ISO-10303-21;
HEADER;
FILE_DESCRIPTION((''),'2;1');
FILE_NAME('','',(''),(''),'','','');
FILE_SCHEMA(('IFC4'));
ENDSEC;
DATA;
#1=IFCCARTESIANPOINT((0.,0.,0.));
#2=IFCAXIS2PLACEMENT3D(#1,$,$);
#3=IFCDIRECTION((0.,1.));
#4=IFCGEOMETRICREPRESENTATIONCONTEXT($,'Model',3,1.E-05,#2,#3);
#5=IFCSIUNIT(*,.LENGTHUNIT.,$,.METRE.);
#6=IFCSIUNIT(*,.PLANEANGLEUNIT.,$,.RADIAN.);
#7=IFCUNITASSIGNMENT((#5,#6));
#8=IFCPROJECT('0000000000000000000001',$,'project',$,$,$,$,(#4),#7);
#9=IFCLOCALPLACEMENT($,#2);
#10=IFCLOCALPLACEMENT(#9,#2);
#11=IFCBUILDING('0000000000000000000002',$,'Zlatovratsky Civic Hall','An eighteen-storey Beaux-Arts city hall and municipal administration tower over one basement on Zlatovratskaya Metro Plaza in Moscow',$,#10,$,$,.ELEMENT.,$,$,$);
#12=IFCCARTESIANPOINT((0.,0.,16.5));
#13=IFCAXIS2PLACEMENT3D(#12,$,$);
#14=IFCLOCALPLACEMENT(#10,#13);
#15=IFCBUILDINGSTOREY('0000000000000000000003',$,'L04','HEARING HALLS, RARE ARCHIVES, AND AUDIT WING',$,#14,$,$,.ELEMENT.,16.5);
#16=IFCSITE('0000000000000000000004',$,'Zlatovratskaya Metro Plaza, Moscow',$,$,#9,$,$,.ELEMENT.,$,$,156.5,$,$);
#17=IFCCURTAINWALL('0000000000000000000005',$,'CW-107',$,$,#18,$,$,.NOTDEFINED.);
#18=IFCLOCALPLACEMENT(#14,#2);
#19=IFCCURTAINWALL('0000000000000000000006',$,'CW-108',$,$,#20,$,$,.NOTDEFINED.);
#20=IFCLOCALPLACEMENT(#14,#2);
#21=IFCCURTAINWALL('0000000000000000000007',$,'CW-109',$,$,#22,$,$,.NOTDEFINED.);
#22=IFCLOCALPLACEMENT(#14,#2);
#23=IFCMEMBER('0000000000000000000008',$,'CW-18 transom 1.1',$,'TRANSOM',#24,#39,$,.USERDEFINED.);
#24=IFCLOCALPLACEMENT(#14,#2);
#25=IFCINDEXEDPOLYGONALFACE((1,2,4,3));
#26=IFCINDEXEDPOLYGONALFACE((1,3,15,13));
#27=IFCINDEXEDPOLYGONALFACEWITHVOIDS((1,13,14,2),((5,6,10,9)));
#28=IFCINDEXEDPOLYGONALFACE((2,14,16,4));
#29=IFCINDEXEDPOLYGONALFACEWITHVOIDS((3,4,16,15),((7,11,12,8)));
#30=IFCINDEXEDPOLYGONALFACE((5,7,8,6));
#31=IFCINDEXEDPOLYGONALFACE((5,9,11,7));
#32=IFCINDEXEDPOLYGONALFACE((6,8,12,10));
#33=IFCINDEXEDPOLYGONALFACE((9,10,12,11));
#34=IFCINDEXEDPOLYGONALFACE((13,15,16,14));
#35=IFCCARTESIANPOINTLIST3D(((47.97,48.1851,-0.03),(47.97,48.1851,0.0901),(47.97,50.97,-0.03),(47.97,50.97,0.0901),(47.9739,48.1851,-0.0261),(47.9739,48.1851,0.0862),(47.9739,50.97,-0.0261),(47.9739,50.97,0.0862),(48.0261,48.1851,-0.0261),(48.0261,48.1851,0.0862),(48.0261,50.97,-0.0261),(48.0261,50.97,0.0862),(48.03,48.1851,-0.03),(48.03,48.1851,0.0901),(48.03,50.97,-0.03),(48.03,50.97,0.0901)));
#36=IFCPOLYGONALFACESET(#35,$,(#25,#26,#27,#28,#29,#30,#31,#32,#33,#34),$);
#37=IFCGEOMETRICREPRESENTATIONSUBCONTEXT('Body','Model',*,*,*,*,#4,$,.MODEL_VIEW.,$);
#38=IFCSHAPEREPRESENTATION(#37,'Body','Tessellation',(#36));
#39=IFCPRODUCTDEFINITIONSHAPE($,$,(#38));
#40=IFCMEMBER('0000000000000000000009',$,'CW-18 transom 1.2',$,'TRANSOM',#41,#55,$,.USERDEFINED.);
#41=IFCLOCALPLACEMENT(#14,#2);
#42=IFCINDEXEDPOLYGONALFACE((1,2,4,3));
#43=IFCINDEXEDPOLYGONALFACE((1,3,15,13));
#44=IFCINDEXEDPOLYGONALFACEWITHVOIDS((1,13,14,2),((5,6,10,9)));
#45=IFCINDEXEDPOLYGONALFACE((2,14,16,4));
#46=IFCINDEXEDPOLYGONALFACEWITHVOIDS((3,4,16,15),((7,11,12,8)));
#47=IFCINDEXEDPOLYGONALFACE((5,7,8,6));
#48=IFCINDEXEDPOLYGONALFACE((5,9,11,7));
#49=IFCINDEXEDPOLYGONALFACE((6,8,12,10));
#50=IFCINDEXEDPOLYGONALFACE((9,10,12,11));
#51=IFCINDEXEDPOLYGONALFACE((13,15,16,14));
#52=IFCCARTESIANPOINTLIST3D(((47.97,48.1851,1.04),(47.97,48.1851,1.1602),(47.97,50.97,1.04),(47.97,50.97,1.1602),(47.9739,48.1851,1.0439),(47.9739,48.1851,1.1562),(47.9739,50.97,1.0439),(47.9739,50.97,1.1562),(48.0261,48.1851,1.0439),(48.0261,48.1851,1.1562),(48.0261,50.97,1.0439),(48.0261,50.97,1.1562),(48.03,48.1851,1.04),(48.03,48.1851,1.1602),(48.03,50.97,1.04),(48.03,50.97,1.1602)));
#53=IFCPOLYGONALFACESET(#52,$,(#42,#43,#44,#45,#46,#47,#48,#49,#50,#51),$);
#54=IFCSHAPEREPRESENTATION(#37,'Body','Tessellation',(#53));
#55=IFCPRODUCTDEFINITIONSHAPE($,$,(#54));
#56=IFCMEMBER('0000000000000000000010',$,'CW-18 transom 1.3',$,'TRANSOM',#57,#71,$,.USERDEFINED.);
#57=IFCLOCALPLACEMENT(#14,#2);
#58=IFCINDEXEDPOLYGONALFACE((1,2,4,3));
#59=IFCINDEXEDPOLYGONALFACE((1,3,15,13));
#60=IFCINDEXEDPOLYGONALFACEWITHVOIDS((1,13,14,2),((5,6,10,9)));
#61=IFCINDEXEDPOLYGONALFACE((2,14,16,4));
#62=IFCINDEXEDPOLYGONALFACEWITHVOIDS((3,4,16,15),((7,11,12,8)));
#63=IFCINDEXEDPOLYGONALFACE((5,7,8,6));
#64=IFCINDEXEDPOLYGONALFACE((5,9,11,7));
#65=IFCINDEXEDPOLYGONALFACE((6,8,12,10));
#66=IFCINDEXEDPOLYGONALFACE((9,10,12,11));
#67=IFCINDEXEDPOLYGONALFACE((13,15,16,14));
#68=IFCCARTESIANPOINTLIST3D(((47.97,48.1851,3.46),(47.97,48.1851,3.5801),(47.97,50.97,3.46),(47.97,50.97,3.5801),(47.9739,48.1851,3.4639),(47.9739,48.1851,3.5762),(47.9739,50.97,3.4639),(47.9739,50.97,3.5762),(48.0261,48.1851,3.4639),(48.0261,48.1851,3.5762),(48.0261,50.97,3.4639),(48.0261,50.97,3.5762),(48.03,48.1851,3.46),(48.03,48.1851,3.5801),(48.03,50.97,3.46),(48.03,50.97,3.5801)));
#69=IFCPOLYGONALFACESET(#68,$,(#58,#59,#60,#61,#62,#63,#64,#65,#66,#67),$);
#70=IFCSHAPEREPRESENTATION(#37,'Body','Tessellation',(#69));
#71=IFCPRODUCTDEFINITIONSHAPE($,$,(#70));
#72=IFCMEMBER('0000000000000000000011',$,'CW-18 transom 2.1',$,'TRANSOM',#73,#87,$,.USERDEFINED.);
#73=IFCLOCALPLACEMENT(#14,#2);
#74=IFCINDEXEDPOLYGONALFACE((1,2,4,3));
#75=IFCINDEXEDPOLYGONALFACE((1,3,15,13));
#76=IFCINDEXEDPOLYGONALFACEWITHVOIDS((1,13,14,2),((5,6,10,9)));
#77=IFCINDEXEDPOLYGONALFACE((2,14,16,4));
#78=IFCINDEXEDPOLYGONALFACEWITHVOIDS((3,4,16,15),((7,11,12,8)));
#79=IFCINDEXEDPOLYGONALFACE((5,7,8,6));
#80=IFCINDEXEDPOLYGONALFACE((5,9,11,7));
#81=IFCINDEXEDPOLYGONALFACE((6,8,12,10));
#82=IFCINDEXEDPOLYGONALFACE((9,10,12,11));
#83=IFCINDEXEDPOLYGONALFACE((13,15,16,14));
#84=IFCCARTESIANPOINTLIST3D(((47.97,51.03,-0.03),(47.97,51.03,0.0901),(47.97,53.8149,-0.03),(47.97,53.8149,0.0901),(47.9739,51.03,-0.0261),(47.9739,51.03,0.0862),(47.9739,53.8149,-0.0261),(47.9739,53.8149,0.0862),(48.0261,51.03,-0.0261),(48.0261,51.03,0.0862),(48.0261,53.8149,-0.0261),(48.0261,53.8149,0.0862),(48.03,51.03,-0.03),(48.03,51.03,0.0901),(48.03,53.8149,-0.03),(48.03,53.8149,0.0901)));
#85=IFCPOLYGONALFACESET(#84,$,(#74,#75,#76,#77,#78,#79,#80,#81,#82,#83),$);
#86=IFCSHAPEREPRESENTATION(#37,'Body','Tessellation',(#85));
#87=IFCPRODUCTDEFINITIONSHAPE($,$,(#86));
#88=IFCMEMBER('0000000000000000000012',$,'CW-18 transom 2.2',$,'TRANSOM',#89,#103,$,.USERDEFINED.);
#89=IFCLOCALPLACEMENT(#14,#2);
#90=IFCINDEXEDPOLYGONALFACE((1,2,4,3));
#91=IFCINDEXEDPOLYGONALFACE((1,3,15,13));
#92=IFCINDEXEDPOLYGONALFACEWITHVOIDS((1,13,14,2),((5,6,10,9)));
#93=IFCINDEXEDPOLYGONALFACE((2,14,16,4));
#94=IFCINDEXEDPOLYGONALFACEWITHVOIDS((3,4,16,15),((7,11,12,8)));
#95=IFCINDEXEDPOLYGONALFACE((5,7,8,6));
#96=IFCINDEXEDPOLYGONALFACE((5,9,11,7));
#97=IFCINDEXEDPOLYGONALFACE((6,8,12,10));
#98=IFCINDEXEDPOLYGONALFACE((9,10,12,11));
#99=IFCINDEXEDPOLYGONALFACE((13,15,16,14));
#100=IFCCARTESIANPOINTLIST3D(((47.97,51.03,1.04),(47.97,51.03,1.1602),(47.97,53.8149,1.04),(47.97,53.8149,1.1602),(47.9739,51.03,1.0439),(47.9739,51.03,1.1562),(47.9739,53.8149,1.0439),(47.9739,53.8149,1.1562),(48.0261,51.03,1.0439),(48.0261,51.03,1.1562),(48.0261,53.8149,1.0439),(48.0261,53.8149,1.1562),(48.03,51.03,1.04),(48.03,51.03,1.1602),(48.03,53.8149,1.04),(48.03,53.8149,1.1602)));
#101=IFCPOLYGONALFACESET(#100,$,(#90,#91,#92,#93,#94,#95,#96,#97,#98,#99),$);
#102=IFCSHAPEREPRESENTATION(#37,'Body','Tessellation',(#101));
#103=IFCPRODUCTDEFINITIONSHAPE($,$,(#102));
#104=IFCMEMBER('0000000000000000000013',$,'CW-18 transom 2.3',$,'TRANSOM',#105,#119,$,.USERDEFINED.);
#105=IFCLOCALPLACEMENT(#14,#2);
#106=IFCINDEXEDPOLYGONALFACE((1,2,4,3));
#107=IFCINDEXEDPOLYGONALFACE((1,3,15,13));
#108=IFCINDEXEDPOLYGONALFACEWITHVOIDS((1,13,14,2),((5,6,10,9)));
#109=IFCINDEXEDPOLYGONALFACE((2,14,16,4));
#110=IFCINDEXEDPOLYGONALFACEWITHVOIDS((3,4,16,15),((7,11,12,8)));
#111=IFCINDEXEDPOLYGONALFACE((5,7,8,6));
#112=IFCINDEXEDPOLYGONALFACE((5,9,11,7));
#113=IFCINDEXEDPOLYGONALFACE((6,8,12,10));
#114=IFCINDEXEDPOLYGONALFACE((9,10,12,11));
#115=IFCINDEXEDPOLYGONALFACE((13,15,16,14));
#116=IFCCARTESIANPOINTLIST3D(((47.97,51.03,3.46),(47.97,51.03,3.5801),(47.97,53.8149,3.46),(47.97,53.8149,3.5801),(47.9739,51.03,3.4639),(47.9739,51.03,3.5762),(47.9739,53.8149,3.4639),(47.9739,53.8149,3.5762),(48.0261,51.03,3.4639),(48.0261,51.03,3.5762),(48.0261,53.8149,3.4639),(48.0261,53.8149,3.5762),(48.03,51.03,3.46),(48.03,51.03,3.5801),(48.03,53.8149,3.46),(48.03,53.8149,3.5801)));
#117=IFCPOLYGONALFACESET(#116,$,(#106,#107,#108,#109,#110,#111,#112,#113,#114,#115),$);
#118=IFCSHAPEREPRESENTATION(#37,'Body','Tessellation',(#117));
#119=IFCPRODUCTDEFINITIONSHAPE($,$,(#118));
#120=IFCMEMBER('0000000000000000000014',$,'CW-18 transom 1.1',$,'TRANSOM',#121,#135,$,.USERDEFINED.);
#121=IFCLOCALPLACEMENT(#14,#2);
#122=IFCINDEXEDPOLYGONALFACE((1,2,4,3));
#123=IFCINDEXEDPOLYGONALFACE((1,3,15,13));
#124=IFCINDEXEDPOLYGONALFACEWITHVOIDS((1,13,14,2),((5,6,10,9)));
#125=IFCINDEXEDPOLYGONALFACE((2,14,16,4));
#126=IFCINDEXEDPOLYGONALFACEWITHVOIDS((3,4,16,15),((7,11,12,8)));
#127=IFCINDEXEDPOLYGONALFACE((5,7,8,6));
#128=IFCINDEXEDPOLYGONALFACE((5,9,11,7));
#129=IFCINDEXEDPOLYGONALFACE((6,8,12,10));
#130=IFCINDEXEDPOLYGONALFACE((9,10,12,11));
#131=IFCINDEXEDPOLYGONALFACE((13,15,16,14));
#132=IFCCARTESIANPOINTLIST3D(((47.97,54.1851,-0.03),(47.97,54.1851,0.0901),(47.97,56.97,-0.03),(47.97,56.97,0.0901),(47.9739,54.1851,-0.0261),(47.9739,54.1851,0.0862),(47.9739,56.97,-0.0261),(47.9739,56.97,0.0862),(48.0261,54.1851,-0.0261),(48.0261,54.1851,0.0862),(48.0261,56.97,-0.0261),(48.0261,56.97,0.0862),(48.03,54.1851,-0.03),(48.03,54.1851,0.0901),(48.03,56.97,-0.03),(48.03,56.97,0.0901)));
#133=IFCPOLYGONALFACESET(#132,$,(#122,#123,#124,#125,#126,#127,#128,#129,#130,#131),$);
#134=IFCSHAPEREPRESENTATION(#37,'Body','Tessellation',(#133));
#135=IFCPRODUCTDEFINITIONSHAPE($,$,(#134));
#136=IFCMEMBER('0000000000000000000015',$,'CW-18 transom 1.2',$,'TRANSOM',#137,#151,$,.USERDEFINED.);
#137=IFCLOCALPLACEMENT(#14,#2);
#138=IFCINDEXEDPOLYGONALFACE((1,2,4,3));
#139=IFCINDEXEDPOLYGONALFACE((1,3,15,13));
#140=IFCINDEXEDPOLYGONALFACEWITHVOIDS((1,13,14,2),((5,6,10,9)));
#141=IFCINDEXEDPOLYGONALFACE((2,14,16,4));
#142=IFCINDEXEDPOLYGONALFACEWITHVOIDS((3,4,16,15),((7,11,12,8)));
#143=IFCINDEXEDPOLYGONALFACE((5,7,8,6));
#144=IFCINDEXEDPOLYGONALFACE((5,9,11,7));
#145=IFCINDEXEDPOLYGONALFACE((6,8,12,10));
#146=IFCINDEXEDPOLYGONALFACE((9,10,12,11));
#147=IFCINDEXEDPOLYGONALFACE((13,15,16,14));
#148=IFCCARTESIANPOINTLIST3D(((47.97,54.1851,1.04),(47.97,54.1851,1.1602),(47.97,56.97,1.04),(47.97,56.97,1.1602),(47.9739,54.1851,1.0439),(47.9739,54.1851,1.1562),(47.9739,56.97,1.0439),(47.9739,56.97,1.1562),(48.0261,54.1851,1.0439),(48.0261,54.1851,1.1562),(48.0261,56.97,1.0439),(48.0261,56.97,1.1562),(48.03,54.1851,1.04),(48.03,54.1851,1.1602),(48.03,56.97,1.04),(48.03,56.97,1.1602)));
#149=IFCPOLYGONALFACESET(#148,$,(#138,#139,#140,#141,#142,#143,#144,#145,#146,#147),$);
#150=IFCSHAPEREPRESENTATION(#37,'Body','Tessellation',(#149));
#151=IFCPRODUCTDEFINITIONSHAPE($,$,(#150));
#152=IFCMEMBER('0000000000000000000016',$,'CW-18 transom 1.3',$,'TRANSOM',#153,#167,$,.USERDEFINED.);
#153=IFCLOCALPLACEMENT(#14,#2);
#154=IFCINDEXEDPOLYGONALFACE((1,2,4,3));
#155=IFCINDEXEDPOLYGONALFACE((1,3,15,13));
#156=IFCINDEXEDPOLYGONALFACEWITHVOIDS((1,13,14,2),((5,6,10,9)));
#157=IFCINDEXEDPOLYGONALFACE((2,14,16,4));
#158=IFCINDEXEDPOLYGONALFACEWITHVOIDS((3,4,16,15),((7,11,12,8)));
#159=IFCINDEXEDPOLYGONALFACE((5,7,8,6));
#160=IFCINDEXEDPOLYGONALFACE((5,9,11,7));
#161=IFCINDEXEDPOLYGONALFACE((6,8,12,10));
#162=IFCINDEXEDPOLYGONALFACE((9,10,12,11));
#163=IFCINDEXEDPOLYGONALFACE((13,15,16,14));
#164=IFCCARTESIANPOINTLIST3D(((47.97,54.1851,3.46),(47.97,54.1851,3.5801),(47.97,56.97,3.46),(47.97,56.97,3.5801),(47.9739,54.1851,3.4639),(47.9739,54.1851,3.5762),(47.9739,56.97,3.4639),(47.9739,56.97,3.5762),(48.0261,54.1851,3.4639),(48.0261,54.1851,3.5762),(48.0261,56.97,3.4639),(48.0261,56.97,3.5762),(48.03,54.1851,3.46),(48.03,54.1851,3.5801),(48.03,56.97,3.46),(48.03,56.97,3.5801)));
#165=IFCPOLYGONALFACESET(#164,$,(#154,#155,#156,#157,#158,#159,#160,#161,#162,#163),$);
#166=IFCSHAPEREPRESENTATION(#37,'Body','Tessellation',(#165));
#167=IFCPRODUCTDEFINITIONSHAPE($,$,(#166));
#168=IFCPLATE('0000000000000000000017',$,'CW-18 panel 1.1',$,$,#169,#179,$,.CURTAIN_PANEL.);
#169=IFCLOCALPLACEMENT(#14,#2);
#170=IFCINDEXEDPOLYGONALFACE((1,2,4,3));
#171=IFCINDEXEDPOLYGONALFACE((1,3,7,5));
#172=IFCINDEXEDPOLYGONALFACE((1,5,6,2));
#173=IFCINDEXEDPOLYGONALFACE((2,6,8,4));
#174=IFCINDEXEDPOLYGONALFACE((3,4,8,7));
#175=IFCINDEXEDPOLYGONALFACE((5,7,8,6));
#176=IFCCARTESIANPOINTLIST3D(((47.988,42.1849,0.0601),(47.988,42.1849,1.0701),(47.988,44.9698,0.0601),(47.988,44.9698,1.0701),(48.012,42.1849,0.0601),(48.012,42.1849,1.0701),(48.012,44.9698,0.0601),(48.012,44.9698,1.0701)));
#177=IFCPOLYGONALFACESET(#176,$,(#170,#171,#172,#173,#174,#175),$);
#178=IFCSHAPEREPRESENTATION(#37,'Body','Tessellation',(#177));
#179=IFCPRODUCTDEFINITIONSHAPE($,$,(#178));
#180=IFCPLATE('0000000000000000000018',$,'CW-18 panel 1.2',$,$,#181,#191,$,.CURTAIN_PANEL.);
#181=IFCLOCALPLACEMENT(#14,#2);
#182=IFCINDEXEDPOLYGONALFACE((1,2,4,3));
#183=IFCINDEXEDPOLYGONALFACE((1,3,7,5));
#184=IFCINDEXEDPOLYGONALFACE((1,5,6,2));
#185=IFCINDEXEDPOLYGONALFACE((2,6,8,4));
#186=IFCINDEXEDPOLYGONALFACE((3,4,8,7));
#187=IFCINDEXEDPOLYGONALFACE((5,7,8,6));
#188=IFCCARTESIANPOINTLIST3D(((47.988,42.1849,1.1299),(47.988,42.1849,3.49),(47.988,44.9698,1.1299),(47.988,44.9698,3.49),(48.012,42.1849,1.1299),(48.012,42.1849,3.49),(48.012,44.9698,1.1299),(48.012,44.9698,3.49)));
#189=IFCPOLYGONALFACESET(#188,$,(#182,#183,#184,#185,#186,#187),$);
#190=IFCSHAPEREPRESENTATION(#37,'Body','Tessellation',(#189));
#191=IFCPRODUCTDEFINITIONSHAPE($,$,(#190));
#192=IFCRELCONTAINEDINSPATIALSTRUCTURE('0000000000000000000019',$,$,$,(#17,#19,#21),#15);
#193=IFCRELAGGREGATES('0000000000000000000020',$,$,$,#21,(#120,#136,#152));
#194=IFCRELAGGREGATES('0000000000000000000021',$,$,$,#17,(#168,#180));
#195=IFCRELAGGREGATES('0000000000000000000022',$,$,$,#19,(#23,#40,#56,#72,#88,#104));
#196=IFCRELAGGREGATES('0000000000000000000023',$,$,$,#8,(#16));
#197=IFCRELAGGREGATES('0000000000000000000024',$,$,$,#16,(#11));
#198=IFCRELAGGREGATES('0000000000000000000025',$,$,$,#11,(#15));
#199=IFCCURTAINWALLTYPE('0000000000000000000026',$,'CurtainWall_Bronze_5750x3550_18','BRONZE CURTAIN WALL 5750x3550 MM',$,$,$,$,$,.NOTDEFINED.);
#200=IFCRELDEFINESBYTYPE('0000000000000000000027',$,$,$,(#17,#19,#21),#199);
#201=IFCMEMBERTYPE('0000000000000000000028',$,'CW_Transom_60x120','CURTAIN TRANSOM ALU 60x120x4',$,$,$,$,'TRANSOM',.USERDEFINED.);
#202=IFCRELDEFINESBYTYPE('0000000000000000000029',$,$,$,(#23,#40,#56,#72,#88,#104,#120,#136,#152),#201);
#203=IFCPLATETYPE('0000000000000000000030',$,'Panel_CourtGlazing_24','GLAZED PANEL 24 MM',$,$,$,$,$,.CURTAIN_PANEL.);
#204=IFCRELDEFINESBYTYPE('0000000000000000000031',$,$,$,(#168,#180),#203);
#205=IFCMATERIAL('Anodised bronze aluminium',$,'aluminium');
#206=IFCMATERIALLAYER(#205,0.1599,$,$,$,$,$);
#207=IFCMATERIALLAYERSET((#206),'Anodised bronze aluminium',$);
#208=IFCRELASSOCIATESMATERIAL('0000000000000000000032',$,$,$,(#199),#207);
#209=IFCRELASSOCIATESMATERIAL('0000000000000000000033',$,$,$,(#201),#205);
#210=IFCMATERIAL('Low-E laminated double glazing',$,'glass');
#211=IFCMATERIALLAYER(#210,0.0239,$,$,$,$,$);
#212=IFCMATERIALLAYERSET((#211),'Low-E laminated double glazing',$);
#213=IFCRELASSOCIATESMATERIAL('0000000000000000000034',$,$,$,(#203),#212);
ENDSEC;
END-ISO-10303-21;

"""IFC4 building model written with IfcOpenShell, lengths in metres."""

from ifc_helpers import new_model, si_unit, direction, frame, origin, origin_2d, place, context, subcontext, project, spatial, rectangle, hollow_rectangle, extrude, material, layer, layer_set, material_profile, profile_set, type_object, element, aggregate, save


model = new_model("IFC4")

# Units and contexts
model_context = context("Model", 3, precision=1e-05, world=origin(), true_north=direction((0.0, 1.0)))
body_context = subcontext(model_context, "Body", "Model", "MODEL_VIEW")
ifc_project = project(units=[si_unit("LENGTHUNIT", "METRE"), si_unit("PLANEANGLEUNIT", "RADIAN")], contexts=[model_context])

# Site, building, storey
site_placement = place(None, origin())
site = spatial("IfcSite", under=ifc_project, at=site_placement, Name="Zlatovratskaya Metro Plaza, Moscow", CompositionType="ELEMENT", RefElevation=156.5)
building_placement = place(site_placement, origin())
building = spatial("IfcBuilding", under=site, at=building_placement, Name="Zlatovratsky Civic Hall", Description="An eighteen-storey Beaux-Arts city hall and municipal administration tower over one basement on Zlatovratskaya Metro Plaza in Moscow", CompositionType="ELEMENT")
storey_placement = place(building_placement, frame((0.0, 0.0, 16.5)))
storey = spatial("IfcBuildingStorey", under=building, at=storey_placement, Name="L04", Description="HEARING HALLS, RARE ARCHIVES, AND AUDIT WING", CompositionType="ELEMENT", Elevation=16.5)

# Curtain walls
ifc_material_1 = material(Name="Anodised bronze aluminium", Category="aluminium")
ifc_layer_1 = layer(ifc_material_1, 0.1599)
ifc_layer_set_1 = layer_set([ifc_layer_1], Name="Anodised bronze aluminium")
curtain_wall_type = type_object("IfcCurtainWallType", Name="CurtainWall_Bronze_5750x3550_18", Description="BRONZE CURTAIN WALL 5750x3550 MM", PredefinedType="NOTDEFINED", material=ifc_layer_set_1)
curtain_wall_1_placement = place(storey_placement, origin())
curtain_wall_1 = element("IfcCurtainWall", 1, at=curtain_wall_1_placement, inside=storey, type_object=curtain_wall_type, Name="CW-107", PredefinedType="NOTDEFINED")
curtain_wall_2_placement = place(storey_placement, origin())
curtain_wall_2 = element("IfcCurtainWall", 2, at=curtain_wall_2_placement, inside=storey, type_object=curtain_wall_type, Name="CW-108", PredefinedType="NOTDEFINED")

# Curtain wall
curtain_wall_3_placement = place(storey_placement, origin())
curtain_wall_3 = element("IfcCurtainWall", 3, at=curtain_wall_3_placement, inside=storey, type_object=curtain_wall_type, Name="CW-109", PredefinedType="NOTDEFINED")

# Members
ifc_material_profile_1 = material_profile(ifc_material_1, hollow_rectangle(XDim=0.0601, YDim=0.1201, WallThickness=0.0039, at=origin_2d()), Name="ALU 60x120x4")
ifc_profile_set_1 = profile_set([ifc_material_profile_1], Name="Anodised bronze aluminium")
member_type_1 = type_object("IfcMemberType", Name="CW_Transom_60x120", Description="CURTAIN TRANSOM ALU 60x120x4", ElementType="TRANSOM", PredefinedType="USERDEFINED", material=ifc_profile_set_1)
member_1_placement = place(storey_placement, frame((48.0, 48.1851, 0.03), z_axis=(0.0, 1.0, 0.0), x_axis=(-1.0, 0.0, 0.0)))
member_1 = element("IfcMember", 4, at=member_1_placement, type_object=member_type_1, Name="CW-18 transom 1.1", ObjectType="TRANSOM", PredefinedType="USERDEFINED", context=body_context, shape_type="SweptSolid", body=[
    extrude(hollow_rectangle(XDim=0.0601, YDim=0.1201, WallThickness=0.0039, at=origin_2d()), origin(), (0.0, 0.0, 1.0), 2.7849),
])
member_2_placement = place(storey_placement, frame((48.0, 48.1851, 1.1001), z_axis=(0.0, 1.0, 0.0), x_axis=(-1.0, 0.0, 0.0)))
member_2 = element("IfcMember", 5, at=member_2_placement, type_object=member_type_1, Name="CW-18 transom 1.2", ObjectType="TRANSOM", PredefinedType="USERDEFINED", context=body_context, shape_type="SweptSolid", body=[
    extrude(hollow_rectangle(XDim=0.0601, YDim=0.1201, WallThickness=0.0039, at=origin_2d()), origin(), (0.0, 0.0, 1.0), 2.7849),
])
member_3_placement = place(storey_placement, frame((48.0, 48.1851, 3.52), z_axis=(0.0, 1.0, 0.0), x_axis=(-1.0, 0.0, 0.0)))
member_3 = element("IfcMember", 6, at=member_3_placement, type_object=member_type_1, Name="CW-18 transom 1.3", ObjectType="TRANSOM", PredefinedType="USERDEFINED", context=body_context, shape_type="SweptSolid", body=[
    extrude(hollow_rectangle(XDim=0.0601, YDim=0.1201, WallThickness=0.0039, at=origin_2d()), origin(), (0.0, 0.0, 1.0), 2.7849),
])
member_4_placement = place(storey_placement, frame((48.0, 51.03, 0.03), z_axis=(0.0, 1.0, 0.0), x_axis=(-1.0, 0.0, 0.0)))
member_4 = element("IfcMember", 7, at=member_4_placement, type_object=member_type_1, Name="CW-18 transom 2.1", ObjectType="TRANSOM", PredefinedType="USERDEFINED", context=body_context, shape_type="SweptSolid", body=[
    extrude(hollow_rectangle(XDim=0.0601, YDim=0.1201, WallThickness=0.0039, at=origin_2d()), origin(), (0.0, 0.0, 1.0), 2.7849),
])
member_5_placement = place(storey_placement, frame((48.0, 51.03, 1.1001), z_axis=(0.0, 1.0, 0.0), x_axis=(-1.0, 0.0, 0.0)))
member_5 = element("IfcMember", 8, at=member_5_placement, type_object=member_type_1, Name="CW-18 transom 2.2", ObjectType="TRANSOM", PredefinedType="USERDEFINED", context=body_context, shape_type="SweptSolid", body=[
    extrude(hollow_rectangle(XDim=0.0601, YDim=0.1201, WallThickness=0.0039, at=origin_2d()), origin(), (0.0, 0.0, 1.0), 2.7849),
])
member_6_placement = place(storey_placement, frame((48.0, 51.03, 3.52), z_axis=(0.0, 1.0, 0.0), x_axis=(-1.0, 0.0, 0.0)))
member_6 = element("IfcMember", 9, at=member_6_placement, type_object=member_type_1, Name="CW-18 transom 2.3", ObjectType="TRANSOM", PredefinedType="USERDEFINED", context=body_context, shape_type="SweptSolid", body=[
    extrude(hollow_rectangle(XDim=0.0601, YDim=0.1201, WallThickness=0.0039, at=origin_2d()), origin(), (0.0, 0.0, 1.0), 2.7849),
])
member_7_placement = place(storey_placement, frame((48.0, 54.1851, 0.03), z_axis=(0.0, 1.0, 0.0), x_axis=(-1.0, 0.0, 0.0)))
member_7 = element("IfcMember", 10, at=member_7_placement, type_object=member_type_1, Name="CW-18 transom 1.1", ObjectType="TRANSOM", PredefinedType="USERDEFINED", context=body_context, shape_type="SweptSolid", body=[
    extrude(hollow_rectangle(XDim=0.0601, YDim=0.1201, WallThickness=0.0039, at=origin_2d()), origin(), (0.0, 0.0, 1.0), 2.7849),
])
member_8_placement = place(storey_placement, frame((48.0, 54.1851, 1.1001), z_axis=(0.0, 1.0, 0.0), x_axis=(-1.0, 0.0, 0.0)))
member_8 = element("IfcMember", 11, at=member_8_placement, type_object=member_type_1, Name="CW-18 transom 1.2", ObjectType="TRANSOM", PredefinedType="USERDEFINED", context=body_context, shape_type="SweptSolid", body=[
    extrude(hollow_rectangle(XDim=0.0601, YDim=0.1201, WallThickness=0.0039, at=origin_2d()), origin(), (0.0, 0.0, 1.0), 2.7849),
])
member_9_placement = place(storey_placement, frame((48.0, 54.1851, 3.52), z_axis=(0.0, 1.0, 0.0), x_axis=(-1.0, 0.0, 0.0)))
member_9 = element("IfcMember", 12, at=member_9_placement, type_object=member_type_1, Name="CW-18 transom 1.3", ObjectType="TRANSOM", PredefinedType="USERDEFINED", context=body_context, shape_type="SweptSolid", body=[
    extrude(hollow_rectangle(XDim=0.0601, YDim=0.1201, WallThickness=0.0039, at=origin_2d()), origin(), (0.0, 0.0, 1.0), 2.7849),
])
aggregate(curtain_wall_3, [member_7, member_8, member_9])

# Plates
ifc_material_2 = material(Name="Low-E laminated double glazing", Category="glass")
ifc_layer_2 = layer(ifc_material_2, 0.0239)
ifc_layer_set_2 = layer_set([ifc_layer_2], Name="Low-E laminated double glazing")
plate_type = type_object("IfcPlateType", Name="Panel_CourtGlazing_24", Description="GLAZED PANEL 24 MM", PredefinedType="CURTAIN_PANEL", material=ifc_layer_set_2)
plate_1_placement = place(storey_placement, frame((48.0, 43.5774, 0.0601), z_axis=(0.0, 0.0, 1.0), x_axis=(0.0, 1.0, 0.0)))
plate_1 = element("IfcPlate", 13, at=plate_1_placement, type_object=plate_type, Name="CW-18 panel 1.1", PredefinedType="CURTAIN_PANEL", context=body_context, shape_type="SweptSolid", body=[
    extrude(rectangle(XDim=2.7849, YDim=0.0239, at=origin_2d()), origin(), (0.0, 0.0, 1.0), 1.01),
])
plate_2_placement = place(storey_placement, frame((48.0, 43.5774, 1.1299), z_axis=(0.0, 0.0, 1.0), x_axis=(0.0, 1.0, 0.0)))
plate_2 = element("IfcPlate", 14, at=plate_2_placement, type_object=plate_type, Name="CW-18 panel 1.2", PredefinedType="CURTAIN_PANEL", context=body_context, shape_type="SweptSolid", body=[
    extrude(rectangle(XDim=2.7849, YDim=0.0239, at=origin_2d()), origin(), (0.0, 0.0, 1.0), 2.3601),
])
aggregate(curtain_wall_1, [plate_1, plate_2])
aggregate(curtain_wall_2, [member_1, member_2, member_3, member_4, member_5, member_6])

save(model, "model.ifc")
